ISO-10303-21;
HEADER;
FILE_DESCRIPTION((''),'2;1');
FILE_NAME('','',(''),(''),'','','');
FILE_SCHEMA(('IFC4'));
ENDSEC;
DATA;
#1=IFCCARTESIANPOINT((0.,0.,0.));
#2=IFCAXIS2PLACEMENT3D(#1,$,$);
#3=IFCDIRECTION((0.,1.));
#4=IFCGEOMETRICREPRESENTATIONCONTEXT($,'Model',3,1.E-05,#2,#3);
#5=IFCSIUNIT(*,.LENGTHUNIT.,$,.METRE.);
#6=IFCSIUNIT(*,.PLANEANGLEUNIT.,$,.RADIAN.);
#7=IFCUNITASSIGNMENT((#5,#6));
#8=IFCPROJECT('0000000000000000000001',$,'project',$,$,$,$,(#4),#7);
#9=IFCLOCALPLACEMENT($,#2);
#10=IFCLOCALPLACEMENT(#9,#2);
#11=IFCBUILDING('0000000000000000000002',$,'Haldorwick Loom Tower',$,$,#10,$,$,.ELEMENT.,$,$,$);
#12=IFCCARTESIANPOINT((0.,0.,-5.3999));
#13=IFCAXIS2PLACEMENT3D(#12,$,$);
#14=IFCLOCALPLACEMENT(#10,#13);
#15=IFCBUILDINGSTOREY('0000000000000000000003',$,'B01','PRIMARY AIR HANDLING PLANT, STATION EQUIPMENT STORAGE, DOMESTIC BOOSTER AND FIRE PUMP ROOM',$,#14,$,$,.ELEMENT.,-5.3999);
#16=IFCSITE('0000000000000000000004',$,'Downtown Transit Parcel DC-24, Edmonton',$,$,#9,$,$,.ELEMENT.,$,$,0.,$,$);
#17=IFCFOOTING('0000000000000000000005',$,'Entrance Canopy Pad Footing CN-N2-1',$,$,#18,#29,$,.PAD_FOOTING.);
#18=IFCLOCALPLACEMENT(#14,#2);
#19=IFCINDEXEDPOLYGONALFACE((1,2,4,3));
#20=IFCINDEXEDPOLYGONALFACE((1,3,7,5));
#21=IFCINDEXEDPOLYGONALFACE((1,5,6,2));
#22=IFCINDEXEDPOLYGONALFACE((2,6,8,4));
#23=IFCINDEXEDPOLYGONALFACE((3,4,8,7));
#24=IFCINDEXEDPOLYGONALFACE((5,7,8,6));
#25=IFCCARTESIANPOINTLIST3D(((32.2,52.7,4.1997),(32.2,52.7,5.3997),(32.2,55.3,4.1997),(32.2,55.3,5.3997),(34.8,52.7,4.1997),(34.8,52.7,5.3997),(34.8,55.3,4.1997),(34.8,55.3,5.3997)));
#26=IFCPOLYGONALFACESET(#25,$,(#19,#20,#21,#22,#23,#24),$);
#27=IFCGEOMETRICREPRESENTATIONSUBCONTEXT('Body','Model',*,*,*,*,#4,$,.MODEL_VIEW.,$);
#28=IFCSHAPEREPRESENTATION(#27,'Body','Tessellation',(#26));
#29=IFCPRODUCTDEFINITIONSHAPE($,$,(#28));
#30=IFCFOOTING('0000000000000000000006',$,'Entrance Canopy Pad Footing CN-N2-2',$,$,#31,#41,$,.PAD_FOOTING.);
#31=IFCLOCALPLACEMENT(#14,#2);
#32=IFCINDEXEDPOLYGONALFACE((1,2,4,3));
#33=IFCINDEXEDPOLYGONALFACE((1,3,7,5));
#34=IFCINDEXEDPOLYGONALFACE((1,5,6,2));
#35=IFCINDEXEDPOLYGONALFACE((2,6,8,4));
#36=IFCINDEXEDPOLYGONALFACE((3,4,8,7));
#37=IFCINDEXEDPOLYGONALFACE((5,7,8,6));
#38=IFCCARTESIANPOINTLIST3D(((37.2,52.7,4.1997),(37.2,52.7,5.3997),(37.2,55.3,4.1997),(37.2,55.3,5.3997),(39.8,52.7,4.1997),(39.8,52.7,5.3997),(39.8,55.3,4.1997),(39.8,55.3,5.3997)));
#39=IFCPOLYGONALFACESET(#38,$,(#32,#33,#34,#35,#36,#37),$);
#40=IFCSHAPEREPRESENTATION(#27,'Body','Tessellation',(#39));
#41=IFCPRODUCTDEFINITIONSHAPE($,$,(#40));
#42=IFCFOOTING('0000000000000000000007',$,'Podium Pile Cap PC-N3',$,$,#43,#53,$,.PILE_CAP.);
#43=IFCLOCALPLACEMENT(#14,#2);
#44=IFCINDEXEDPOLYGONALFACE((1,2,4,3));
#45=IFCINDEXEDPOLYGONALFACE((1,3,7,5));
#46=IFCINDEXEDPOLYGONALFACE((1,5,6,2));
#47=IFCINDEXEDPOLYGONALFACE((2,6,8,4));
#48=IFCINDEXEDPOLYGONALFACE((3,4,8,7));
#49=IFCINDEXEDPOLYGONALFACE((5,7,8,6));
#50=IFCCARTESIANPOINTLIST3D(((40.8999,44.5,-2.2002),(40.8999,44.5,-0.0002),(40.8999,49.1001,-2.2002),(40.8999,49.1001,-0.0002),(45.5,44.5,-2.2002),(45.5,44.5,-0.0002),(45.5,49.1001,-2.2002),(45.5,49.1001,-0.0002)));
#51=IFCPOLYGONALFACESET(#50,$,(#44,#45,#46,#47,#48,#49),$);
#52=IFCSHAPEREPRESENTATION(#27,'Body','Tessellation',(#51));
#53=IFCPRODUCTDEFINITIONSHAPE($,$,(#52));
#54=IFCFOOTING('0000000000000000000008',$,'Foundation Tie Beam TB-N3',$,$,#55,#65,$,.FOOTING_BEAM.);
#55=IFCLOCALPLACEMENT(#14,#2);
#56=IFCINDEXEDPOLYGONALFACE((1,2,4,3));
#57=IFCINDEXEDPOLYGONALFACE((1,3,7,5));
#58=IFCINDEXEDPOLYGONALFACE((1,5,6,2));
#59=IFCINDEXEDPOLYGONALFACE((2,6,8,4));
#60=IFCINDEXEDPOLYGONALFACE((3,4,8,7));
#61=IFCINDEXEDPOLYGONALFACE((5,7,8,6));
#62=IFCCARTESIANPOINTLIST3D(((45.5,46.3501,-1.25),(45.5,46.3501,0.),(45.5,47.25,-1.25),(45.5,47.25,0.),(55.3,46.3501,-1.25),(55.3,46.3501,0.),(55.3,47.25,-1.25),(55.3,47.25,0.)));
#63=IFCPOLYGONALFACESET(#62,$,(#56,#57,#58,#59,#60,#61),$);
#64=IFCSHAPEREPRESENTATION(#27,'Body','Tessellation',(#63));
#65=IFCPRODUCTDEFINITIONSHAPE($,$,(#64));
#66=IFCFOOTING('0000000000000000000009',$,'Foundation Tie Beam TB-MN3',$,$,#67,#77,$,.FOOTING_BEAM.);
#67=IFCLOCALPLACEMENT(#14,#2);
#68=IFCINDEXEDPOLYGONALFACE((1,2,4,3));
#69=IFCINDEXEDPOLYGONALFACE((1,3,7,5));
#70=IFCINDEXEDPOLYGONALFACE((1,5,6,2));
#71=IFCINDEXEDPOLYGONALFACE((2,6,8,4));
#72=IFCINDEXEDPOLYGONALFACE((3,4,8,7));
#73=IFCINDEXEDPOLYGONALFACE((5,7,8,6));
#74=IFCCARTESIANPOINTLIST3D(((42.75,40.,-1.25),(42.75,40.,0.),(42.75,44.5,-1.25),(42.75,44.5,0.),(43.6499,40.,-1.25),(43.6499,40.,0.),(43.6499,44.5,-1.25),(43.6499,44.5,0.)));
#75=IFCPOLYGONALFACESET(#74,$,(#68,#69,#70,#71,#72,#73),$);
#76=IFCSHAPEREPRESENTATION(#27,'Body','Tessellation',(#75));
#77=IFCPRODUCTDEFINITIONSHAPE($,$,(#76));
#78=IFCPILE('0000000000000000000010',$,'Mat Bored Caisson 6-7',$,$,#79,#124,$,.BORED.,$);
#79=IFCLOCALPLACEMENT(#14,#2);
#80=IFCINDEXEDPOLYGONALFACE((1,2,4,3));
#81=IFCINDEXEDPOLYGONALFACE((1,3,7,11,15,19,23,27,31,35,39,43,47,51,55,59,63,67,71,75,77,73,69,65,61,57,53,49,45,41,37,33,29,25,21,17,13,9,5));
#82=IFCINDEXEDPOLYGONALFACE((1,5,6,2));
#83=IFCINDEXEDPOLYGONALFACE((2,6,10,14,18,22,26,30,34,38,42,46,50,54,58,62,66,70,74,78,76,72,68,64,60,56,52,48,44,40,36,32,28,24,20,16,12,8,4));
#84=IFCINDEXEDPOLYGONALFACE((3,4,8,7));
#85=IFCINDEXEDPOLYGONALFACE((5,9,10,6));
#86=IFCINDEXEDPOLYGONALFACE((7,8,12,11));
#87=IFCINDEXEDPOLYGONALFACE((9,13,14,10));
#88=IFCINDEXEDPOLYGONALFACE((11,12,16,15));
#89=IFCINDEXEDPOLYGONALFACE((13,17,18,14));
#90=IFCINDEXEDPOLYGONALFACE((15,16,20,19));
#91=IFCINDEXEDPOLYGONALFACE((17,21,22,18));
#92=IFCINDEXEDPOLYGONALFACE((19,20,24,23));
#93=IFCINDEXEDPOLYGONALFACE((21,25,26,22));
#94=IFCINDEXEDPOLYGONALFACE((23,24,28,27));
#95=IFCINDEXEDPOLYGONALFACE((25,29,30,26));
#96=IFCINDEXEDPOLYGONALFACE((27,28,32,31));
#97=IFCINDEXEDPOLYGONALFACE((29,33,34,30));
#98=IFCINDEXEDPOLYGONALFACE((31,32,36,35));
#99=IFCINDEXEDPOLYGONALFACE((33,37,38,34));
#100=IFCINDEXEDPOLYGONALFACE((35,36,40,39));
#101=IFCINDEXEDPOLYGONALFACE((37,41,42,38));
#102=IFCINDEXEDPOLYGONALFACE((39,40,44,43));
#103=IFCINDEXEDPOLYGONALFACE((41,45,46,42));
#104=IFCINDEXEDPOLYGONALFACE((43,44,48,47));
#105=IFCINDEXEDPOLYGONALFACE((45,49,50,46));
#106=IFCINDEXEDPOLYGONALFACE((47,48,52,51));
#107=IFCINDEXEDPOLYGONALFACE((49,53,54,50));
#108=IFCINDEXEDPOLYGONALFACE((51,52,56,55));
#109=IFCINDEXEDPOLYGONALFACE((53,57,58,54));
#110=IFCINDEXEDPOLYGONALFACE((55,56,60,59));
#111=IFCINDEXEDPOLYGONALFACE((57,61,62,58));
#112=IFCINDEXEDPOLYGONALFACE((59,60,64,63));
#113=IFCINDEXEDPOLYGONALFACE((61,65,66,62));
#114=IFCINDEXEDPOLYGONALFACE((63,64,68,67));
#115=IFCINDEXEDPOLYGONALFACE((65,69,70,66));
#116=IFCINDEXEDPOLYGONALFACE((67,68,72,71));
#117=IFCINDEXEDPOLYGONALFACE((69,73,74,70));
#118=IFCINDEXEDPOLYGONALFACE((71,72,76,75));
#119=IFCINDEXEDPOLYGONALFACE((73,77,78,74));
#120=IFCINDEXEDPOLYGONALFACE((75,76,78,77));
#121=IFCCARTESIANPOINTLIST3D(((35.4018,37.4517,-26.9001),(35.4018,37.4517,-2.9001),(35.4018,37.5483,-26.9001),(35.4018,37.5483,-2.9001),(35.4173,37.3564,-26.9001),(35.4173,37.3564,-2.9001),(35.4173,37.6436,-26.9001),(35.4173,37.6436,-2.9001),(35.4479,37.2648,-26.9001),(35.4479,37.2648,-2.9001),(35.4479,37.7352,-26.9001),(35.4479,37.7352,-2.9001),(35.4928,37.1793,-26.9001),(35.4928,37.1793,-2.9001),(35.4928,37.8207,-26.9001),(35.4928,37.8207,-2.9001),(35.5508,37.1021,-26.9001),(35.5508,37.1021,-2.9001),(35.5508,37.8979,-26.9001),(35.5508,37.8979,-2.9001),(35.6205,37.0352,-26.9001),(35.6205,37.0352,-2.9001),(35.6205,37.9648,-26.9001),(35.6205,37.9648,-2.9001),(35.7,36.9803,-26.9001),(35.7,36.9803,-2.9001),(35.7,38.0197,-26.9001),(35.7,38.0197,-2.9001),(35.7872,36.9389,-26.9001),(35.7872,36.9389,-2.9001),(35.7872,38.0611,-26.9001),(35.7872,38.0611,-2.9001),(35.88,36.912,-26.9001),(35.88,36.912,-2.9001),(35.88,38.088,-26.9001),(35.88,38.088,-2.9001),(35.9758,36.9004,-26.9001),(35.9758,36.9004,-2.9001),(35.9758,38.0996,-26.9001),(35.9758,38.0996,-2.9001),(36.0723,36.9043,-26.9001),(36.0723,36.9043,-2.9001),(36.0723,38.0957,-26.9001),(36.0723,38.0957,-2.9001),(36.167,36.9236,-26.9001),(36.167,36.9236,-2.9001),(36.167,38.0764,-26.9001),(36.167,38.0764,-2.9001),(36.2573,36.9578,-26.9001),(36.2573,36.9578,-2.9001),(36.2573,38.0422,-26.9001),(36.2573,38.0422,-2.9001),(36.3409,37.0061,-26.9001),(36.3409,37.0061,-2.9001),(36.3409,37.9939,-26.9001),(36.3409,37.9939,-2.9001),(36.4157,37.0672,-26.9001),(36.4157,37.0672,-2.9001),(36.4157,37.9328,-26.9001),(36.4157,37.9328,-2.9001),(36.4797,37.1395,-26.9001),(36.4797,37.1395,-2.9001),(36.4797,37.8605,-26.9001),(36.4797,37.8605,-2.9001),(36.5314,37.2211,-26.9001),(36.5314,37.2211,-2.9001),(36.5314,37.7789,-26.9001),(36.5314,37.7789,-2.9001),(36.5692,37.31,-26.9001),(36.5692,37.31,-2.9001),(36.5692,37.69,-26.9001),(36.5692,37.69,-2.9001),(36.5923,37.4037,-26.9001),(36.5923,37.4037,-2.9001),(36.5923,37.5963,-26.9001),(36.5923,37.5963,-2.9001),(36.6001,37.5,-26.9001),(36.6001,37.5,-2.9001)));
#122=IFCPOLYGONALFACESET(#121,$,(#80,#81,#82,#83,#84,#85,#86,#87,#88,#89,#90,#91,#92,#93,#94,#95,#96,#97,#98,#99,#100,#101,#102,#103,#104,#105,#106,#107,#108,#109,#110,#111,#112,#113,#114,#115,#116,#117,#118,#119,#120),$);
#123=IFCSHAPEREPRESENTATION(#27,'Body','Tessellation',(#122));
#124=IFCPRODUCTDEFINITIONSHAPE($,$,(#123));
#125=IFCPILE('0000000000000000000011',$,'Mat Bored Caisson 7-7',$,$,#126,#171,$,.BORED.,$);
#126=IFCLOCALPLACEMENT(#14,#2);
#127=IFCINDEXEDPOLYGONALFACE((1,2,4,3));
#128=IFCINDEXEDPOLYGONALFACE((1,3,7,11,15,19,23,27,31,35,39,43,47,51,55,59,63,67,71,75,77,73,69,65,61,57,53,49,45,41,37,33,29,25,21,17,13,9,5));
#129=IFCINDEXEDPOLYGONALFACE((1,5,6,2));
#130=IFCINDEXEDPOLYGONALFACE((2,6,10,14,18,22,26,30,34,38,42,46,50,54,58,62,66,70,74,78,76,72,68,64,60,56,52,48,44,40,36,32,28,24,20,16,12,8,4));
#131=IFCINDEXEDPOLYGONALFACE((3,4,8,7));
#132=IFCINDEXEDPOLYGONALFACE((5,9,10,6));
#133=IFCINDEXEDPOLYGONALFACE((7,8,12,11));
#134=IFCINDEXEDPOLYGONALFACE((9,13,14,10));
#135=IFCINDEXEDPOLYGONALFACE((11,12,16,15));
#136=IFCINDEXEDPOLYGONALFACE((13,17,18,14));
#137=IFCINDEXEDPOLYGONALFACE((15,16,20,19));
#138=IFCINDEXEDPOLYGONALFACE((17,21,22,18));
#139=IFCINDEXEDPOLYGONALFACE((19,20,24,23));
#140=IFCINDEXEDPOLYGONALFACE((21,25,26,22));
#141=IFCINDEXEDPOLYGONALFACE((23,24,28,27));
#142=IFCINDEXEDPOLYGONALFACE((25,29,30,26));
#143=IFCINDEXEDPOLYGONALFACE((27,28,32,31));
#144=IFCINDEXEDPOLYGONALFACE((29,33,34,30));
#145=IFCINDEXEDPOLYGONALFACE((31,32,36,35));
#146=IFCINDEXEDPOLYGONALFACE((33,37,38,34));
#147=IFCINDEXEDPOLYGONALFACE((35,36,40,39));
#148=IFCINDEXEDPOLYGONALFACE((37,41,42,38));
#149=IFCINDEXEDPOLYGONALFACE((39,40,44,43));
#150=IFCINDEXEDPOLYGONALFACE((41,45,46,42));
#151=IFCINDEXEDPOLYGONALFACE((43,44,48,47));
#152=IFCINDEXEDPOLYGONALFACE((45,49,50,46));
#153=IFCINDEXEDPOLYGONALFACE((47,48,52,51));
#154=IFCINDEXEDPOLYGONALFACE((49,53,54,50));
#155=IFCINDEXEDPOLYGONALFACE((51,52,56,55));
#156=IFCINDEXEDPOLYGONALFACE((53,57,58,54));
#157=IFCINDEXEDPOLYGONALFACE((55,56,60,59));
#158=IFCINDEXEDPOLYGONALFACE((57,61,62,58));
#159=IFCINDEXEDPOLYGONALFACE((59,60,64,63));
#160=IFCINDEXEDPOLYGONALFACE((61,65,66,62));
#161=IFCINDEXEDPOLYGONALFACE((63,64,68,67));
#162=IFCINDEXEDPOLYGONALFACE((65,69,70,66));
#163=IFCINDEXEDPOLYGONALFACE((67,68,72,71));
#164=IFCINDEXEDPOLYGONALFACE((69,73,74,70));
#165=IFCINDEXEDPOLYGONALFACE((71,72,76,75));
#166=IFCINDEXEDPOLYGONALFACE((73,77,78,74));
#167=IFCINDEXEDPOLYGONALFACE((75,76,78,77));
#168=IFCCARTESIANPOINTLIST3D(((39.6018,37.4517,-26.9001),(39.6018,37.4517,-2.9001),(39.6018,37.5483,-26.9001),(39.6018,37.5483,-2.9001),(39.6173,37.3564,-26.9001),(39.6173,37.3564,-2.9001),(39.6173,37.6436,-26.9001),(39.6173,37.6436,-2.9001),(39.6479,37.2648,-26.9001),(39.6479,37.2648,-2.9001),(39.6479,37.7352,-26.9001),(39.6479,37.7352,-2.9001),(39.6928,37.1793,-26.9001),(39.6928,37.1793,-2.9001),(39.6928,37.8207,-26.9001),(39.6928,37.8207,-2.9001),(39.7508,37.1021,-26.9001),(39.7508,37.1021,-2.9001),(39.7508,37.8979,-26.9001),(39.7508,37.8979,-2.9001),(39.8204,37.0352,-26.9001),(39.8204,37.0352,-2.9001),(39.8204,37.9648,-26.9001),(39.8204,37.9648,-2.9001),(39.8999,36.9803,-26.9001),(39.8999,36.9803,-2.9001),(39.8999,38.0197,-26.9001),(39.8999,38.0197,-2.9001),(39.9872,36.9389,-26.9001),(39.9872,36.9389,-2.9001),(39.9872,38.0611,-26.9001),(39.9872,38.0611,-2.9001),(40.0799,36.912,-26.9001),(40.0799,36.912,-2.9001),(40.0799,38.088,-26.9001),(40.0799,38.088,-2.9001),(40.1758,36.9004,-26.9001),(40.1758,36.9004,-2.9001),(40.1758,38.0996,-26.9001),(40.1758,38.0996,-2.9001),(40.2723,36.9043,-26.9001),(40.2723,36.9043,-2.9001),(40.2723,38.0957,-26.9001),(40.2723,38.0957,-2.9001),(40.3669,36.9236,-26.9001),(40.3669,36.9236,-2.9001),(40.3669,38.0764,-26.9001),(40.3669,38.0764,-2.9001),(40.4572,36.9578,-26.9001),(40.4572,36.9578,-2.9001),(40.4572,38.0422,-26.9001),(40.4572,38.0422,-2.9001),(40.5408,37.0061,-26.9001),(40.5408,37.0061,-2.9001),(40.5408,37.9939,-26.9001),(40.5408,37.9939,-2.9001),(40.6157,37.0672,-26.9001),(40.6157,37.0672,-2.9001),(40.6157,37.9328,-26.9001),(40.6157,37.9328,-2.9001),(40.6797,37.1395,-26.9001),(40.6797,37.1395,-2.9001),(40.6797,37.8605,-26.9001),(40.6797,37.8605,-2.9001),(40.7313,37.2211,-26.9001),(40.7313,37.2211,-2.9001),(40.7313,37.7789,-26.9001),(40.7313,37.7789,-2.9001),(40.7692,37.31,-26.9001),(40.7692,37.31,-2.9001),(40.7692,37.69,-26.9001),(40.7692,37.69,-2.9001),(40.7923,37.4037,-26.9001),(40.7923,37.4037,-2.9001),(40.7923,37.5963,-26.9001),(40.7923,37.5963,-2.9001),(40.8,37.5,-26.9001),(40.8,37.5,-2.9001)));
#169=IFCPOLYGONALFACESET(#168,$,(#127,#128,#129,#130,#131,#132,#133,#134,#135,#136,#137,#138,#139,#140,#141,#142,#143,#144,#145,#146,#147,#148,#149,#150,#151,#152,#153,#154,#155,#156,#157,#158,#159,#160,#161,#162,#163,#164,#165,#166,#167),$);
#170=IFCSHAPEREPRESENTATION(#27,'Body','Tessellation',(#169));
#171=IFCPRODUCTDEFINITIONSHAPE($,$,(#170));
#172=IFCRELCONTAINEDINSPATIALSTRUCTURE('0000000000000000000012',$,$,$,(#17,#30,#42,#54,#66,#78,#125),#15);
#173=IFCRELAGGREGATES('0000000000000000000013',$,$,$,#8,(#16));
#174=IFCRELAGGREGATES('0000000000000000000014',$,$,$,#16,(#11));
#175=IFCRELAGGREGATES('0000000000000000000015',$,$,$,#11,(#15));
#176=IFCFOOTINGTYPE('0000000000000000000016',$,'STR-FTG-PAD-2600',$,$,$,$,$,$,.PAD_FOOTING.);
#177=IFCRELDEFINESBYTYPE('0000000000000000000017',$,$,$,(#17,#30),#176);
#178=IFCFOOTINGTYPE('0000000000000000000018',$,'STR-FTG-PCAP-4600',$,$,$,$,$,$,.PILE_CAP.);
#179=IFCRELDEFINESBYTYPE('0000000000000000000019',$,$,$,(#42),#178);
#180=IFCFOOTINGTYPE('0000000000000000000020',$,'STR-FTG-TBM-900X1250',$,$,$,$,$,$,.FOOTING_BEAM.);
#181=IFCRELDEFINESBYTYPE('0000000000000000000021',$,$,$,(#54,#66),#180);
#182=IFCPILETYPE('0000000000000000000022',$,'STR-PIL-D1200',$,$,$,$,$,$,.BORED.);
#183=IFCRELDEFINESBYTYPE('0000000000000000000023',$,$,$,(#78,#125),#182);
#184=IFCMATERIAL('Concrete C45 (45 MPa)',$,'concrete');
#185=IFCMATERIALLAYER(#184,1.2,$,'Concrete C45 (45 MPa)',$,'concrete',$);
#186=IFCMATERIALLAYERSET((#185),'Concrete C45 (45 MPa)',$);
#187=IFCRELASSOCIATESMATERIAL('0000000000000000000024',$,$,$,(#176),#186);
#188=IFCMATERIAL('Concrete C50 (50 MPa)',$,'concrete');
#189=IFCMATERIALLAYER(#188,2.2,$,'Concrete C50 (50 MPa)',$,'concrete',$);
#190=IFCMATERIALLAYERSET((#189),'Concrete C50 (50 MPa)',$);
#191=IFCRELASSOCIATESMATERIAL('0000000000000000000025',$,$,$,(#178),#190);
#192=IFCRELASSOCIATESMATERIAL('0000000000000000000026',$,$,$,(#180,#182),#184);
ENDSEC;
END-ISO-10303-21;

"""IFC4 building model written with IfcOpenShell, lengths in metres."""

from ifc_helpers import new_model, si_unit, direction, frame, origin, origin_2d, place, context, subcontext, project, spatial, rectangle, circle, extrude, material, layer, layer_set, material_profile, profile_set, type_object, element, save


model = new_model("IFC4")

# Units and contexts
model_context = context("Model", 3, precision=1e-05, world=origin(), true_north=direction((0.0, 1.0)))
body_context = subcontext(model_context, "Body", "Model", "MODEL_VIEW")
ifc_project = project(units=[si_unit("LENGTHUNIT", "METRE"), si_unit("PLANEANGLEUNIT", "RADIAN")], contexts=[model_context])

# Site, building, storey
site_placement = place(None, origin())
site = spatial("IfcSite", under=ifc_project, at=site_placement, Name="Downtown Transit Parcel DC-24, Edmonton", CompositionType="ELEMENT", RefElevation=0.0)
building_placement = place(site_placement, origin())
building = spatial("IfcBuilding", under=site, at=building_placement, Name="Haldorwick Loom Tower", CompositionType="ELEMENT")
storey_placement = place(building_placement, frame((0.0, 0.0, -5.3999)))
storey = spatial("IfcBuildingStorey", under=building, at=storey_placement, Name="B01", Description="PRIMARY AIR HANDLING PLANT, STATION EQUIPMENT STORAGE, DOMESTIC BOOSTER AND FIRE PUMP ROOM", CompositionType="ELEMENT", Elevation=-5.3999)

# Footings
ifc_material_1 = material(Name="Concrete C45 (45 MPa)", Category="concrete")
ifc_layer_1 = layer(ifc_material_1, 1.2, Name="Concrete C45 (45 MPa)", Category="concrete")
ifc_layer_set_1 = layer_set([ifc_layer_1], Name="Concrete C45 (45 MPa)")
footing_type_1 = type_object("IfcFootingType", Name="STR-FTG-PAD-2600", PredefinedType="PAD_FOOTING", material=ifc_layer_set_1)
for number, where, z_axis, x_axis, name in (
    (1, (33.5, 54.0, 4.1997), (0.0, 0.0, 1.0), (1.0, 0.0, 0.0), "Entrance Canopy Pad Footing CN-N2-1"),
    (2, (38.5, 54.0, 4.1997), (0.0, 0.0, 1.0), (1.0, 0.0, 0.0), "Entrance Canopy Pad Footing CN-N2-2"),
):
    element("IfcFooting", number, at=place(storey_placement, frame(where, z_axis=z_axis, x_axis=x_axis)), inside=storey, type_object=footing_type_1, Name=name, PredefinedType="PAD_FOOTING", context=body_context, shape_type="SweptSolid", body=[
        extrude(rectangle(XDim=2.6001, YDim=2.6001, at=origin_2d()), origin(), (0.0, 0.0, 1.0), 1.2),
    ])
ifc_material_2 = material(Name="Concrete C50 (50 MPa)", Category="concrete")
ifc_layer_2 = layer(ifc_material_2, 2.2, Name="Concrete C50 (50 MPa)", Category="concrete")
ifc_layer_set_2 = layer_set([ifc_layer_2], Name="Concrete C50 (50 MPa)")
footing_type_2 = type_object("IfcFootingType", Name="STR-FTG-PCAP-4600", PredefinedType="PILE_CAP", material=ifc_layer_set_2)
footing_1_placement = place(storey_placement, frame((43.2, 46.8, -2.2002), z_axis=(0.0, 0.0, 1.0), x_axis=(1.0, 0.0, 0.0)))
element("IfcFooting", 3, at=footing_1_placement, inside=storey, type_object=footing_type_2, Name="Podium Pile Cap PC-N3", PredefinedType="PILE_CAP", context=body_context, shape_type="SweptSolid", body=[
    extrude(rectangle(XDim=4.6001, YDim=4.6001, at=origin_2d()), origin(), (0.0, 0.0, 1.0), 2.2),
])
ifc_material_profile_1 = material_profile(ifc_material_1, rectangle(XDim=0.8999, YDim=1.25, at=origin_2d()), Name="RC900X1250", Category="concrete")
ifc_profile_set_1 = profile_set([ifc_material_profile_1], Name="Concrete C45 (45 MPa)")
footing_type_3 = type_object("IfcFootingType", Name="STR-FTG-TBM-900X1250", PredefinedType="FOOTING_BEAM", material=ifc_profile_set_1)
footing_2_placement = place(storey_placement, frame((45.5, 46.8, -0.625), z_axis=(1.0, 0.0, 0.0), x_axis=(0.0, 1.0, 0.0)))
element("IfcFooting", 4, at=footing_2_placement, inside=storey, type_object=footing_type_3, Name="Foundation Tie Beam TB-N3", PredefinedType="FOOTING_BEAM", context=body_context, shape_type="SweptSolid", body=[
    extrude(rectangle(XDim=0.8999, YDim=1.25, at=origin_2d()), origin(), (0.0, 0.0, 1.0), 9.8),
])
footing_3_placement = place(storey_placement, frame((43.2, 40.0, -0.625), z_axis=(0.0, 1.0, 0.0), x_axis=(-1.0, 0.0, 0.0)))
element("IfcFooting", 5, at=footing_3_placement, inside=storey, type_object=footing_type_3, Name="Foundation Tie Beam TB-MN3", PredefinedType="FOOTING_BEAM", context=body_context, shape_type="SweptSolid", body=[
    extrude(rectangle(XDim=0.8999, YDim=1.25, at=origin_2d()), origin(), (0.0, 0.0, 1.0), 4.5),
])

# Piles
ifc_material_profile_2 = material_profile(ifc_material_1, circle(Radius=0.6001, at=origin_2d()), Name="CAISSON_D1200", Category="concrete")
ifc_profile_set_2 = profile_set([ifc_material_profile_2], Name="Concrete C45 (45 MPa)")
pile_type = type_object("IfcPileType", Name="STR-PIL-D1200", PredefinedType="BORED", material=ifc_profile_set_2)
for number, where, z_axis, x_axis, name in (
    (6, (36.0, 37.5, -2.9001), (0.0, 0.0, -1.0), (1.0, 0.0, 0.0), "Mat Bored Caisson 6-7"),
    (7, (40.2, 37.5, -2.9001), (0.0, 0.0, -1.0), (1.0, 0.0, 0.0), "Mat Bored Caisson 7-7"),
):
    element("IfcPile", number, at=place(storey_placement, frame(where, z_axis=z_axis, x_axis=x_axis)), inside=storey, type_object=pile_type, Name=name, PredefinedType="BORED", context=body_context, shape_type="SweptSolid", body=[
        extrude(circle(Radius=0.6001, at=origin_2d()), origin(), (0.0, 0.0, 1.0), 24.0),
    ])

save(model, "model.ifc")
